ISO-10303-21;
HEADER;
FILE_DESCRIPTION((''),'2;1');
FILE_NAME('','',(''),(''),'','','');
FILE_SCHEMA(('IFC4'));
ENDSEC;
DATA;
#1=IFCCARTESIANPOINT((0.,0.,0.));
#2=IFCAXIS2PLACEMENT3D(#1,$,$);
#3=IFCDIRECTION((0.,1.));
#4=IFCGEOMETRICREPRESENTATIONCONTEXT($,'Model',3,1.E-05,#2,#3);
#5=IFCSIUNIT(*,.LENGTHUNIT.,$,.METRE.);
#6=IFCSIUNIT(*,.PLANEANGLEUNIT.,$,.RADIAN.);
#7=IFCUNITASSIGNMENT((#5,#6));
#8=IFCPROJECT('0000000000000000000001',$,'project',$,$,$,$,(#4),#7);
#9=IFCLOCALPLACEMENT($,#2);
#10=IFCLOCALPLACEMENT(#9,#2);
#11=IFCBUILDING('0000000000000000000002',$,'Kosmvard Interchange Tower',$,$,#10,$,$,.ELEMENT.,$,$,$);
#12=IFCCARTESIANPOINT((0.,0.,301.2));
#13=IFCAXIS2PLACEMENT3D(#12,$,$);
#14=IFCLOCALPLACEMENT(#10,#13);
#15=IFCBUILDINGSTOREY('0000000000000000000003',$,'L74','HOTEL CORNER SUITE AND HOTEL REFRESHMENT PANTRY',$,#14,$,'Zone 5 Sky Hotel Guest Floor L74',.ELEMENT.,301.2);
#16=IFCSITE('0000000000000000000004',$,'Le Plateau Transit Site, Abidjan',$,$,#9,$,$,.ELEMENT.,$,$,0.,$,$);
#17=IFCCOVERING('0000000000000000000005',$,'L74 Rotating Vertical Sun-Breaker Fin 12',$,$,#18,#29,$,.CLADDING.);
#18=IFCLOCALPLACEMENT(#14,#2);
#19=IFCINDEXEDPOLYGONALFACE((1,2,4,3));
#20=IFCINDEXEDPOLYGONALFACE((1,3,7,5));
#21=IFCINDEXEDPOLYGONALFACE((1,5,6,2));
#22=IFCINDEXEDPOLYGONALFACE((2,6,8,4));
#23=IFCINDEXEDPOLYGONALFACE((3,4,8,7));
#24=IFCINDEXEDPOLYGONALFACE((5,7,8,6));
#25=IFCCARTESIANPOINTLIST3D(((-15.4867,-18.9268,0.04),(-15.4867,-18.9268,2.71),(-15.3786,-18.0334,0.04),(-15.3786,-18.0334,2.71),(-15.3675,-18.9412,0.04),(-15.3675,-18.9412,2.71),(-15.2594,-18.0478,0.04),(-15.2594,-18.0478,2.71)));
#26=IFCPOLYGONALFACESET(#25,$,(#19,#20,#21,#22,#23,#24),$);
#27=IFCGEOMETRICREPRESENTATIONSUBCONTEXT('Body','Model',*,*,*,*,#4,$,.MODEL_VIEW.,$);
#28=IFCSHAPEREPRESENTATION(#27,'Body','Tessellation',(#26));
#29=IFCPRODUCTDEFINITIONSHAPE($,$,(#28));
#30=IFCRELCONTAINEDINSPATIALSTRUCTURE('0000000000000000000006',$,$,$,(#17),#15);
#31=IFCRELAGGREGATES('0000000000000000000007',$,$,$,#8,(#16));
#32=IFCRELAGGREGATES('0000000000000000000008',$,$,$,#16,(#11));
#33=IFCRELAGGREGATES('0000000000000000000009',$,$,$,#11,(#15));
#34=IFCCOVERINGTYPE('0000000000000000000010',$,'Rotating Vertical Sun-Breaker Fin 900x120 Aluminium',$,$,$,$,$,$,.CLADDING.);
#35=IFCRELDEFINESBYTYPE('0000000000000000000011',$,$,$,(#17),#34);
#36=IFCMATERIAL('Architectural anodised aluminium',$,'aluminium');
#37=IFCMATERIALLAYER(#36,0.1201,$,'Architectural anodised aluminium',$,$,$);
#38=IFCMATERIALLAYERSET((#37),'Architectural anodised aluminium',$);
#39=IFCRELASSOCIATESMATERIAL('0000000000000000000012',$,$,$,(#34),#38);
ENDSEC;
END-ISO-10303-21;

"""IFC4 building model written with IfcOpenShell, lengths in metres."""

from ifc_helpers import new_model, si_unit, direction, frame, origin, origin_2d, place, context, subcontext, project, spatial, rectangle, extrude, source, transform, mapped, material, layer, layer_set, type_object, element, save


model = new_model("IFC4")

# Units and contexts
model_context = context("Model", 3, precision=1e-05, world=origin(), true_north=direction((0.0, 1.0)))
body_context = subcontext(model_context, "Body", "Model", "MODEL_VIEW")
ifc_project = project(units=[si_unit("LENGTHUNIT", "METRE"), si_unit("PLANEANGLEUNIT", "RADIAN")], contexts=[model_context])

# Site, building, storey
site_placement = place(None, origin())
site = spatial("IfcSite", under=ifc_project, at=site_placement, Name="Le Plateau Transit Site, Abidjan", CompositionType="ELEMENT", RefElevation=0.0)
building_placement = place(site_placement, origin())
building = spatial("IfcBuilding", under=site, at=building_placement, Name="Kosmvard Interchange Tower", CompositionType="ELEMENT")
storey_placement = place(building_placement, frame((0.0, 0.0, 301.2)))
storey = spatial("IfcBuildingStorey", under=building, at=storey_placement, Name="L74", Description="HOTEL CORNER SUITE AND HOTEL REFRESHMENT PANTRY", LongName="Zone 5 Sky Hotel Guest Floor L74", CompositionType="ELEMENT", Elevation=301.2)

# Covering
ifc_material_1 = material(Name="Architectural anodised aluminium", Category="aluminium")
ifc_layer_1 = layer(ifc_material_1, 0.1201, Name="Architectural anodised aluminium")
ifc_layer_set_1 = layer_set([ifc_layer_1], Name="Architectural anodised aluminium")
covering_type = type_object("IfcCoveringType", Name="Rotating Vertical Sun-Breaker Fin 900x120 Aluminium", PredefinedType="CLADDING", material=ifc_layer_set_1)
shared_shape_1 = source(origin(), body_context, "Body", "SweptSolid", [
    extrude(rectangle(XDim=0.8999, YDim=0.1201, at=origin_2d()), origin(), (0.0, 0.0, 1.0), 2.6699),
])
for number, where, z_axis, x_axis, name in (
    (1, (-15.373, -18.4873, 0.04), (0.0, 0.0, 1.0), (-0.120137, -0.992757, 0.0), "L74 Rotating Vertical Sun-Breaker Fin 12"),
):
    element("IfcCovering", number, at=place(storey_placement, frame(where, z_axis=z_axis, x_axis=x_axis)), inside=storey, type_object=covering_type, Name=name, PredefinedType="CLADDING", context=body_context, shape_type="MappedRepresentation", body=[
        mapped(shared_shape_1, transform((0.0, 0.0, 0.0), scale=1.0)),
    ])

save(model, "model.ifc")
